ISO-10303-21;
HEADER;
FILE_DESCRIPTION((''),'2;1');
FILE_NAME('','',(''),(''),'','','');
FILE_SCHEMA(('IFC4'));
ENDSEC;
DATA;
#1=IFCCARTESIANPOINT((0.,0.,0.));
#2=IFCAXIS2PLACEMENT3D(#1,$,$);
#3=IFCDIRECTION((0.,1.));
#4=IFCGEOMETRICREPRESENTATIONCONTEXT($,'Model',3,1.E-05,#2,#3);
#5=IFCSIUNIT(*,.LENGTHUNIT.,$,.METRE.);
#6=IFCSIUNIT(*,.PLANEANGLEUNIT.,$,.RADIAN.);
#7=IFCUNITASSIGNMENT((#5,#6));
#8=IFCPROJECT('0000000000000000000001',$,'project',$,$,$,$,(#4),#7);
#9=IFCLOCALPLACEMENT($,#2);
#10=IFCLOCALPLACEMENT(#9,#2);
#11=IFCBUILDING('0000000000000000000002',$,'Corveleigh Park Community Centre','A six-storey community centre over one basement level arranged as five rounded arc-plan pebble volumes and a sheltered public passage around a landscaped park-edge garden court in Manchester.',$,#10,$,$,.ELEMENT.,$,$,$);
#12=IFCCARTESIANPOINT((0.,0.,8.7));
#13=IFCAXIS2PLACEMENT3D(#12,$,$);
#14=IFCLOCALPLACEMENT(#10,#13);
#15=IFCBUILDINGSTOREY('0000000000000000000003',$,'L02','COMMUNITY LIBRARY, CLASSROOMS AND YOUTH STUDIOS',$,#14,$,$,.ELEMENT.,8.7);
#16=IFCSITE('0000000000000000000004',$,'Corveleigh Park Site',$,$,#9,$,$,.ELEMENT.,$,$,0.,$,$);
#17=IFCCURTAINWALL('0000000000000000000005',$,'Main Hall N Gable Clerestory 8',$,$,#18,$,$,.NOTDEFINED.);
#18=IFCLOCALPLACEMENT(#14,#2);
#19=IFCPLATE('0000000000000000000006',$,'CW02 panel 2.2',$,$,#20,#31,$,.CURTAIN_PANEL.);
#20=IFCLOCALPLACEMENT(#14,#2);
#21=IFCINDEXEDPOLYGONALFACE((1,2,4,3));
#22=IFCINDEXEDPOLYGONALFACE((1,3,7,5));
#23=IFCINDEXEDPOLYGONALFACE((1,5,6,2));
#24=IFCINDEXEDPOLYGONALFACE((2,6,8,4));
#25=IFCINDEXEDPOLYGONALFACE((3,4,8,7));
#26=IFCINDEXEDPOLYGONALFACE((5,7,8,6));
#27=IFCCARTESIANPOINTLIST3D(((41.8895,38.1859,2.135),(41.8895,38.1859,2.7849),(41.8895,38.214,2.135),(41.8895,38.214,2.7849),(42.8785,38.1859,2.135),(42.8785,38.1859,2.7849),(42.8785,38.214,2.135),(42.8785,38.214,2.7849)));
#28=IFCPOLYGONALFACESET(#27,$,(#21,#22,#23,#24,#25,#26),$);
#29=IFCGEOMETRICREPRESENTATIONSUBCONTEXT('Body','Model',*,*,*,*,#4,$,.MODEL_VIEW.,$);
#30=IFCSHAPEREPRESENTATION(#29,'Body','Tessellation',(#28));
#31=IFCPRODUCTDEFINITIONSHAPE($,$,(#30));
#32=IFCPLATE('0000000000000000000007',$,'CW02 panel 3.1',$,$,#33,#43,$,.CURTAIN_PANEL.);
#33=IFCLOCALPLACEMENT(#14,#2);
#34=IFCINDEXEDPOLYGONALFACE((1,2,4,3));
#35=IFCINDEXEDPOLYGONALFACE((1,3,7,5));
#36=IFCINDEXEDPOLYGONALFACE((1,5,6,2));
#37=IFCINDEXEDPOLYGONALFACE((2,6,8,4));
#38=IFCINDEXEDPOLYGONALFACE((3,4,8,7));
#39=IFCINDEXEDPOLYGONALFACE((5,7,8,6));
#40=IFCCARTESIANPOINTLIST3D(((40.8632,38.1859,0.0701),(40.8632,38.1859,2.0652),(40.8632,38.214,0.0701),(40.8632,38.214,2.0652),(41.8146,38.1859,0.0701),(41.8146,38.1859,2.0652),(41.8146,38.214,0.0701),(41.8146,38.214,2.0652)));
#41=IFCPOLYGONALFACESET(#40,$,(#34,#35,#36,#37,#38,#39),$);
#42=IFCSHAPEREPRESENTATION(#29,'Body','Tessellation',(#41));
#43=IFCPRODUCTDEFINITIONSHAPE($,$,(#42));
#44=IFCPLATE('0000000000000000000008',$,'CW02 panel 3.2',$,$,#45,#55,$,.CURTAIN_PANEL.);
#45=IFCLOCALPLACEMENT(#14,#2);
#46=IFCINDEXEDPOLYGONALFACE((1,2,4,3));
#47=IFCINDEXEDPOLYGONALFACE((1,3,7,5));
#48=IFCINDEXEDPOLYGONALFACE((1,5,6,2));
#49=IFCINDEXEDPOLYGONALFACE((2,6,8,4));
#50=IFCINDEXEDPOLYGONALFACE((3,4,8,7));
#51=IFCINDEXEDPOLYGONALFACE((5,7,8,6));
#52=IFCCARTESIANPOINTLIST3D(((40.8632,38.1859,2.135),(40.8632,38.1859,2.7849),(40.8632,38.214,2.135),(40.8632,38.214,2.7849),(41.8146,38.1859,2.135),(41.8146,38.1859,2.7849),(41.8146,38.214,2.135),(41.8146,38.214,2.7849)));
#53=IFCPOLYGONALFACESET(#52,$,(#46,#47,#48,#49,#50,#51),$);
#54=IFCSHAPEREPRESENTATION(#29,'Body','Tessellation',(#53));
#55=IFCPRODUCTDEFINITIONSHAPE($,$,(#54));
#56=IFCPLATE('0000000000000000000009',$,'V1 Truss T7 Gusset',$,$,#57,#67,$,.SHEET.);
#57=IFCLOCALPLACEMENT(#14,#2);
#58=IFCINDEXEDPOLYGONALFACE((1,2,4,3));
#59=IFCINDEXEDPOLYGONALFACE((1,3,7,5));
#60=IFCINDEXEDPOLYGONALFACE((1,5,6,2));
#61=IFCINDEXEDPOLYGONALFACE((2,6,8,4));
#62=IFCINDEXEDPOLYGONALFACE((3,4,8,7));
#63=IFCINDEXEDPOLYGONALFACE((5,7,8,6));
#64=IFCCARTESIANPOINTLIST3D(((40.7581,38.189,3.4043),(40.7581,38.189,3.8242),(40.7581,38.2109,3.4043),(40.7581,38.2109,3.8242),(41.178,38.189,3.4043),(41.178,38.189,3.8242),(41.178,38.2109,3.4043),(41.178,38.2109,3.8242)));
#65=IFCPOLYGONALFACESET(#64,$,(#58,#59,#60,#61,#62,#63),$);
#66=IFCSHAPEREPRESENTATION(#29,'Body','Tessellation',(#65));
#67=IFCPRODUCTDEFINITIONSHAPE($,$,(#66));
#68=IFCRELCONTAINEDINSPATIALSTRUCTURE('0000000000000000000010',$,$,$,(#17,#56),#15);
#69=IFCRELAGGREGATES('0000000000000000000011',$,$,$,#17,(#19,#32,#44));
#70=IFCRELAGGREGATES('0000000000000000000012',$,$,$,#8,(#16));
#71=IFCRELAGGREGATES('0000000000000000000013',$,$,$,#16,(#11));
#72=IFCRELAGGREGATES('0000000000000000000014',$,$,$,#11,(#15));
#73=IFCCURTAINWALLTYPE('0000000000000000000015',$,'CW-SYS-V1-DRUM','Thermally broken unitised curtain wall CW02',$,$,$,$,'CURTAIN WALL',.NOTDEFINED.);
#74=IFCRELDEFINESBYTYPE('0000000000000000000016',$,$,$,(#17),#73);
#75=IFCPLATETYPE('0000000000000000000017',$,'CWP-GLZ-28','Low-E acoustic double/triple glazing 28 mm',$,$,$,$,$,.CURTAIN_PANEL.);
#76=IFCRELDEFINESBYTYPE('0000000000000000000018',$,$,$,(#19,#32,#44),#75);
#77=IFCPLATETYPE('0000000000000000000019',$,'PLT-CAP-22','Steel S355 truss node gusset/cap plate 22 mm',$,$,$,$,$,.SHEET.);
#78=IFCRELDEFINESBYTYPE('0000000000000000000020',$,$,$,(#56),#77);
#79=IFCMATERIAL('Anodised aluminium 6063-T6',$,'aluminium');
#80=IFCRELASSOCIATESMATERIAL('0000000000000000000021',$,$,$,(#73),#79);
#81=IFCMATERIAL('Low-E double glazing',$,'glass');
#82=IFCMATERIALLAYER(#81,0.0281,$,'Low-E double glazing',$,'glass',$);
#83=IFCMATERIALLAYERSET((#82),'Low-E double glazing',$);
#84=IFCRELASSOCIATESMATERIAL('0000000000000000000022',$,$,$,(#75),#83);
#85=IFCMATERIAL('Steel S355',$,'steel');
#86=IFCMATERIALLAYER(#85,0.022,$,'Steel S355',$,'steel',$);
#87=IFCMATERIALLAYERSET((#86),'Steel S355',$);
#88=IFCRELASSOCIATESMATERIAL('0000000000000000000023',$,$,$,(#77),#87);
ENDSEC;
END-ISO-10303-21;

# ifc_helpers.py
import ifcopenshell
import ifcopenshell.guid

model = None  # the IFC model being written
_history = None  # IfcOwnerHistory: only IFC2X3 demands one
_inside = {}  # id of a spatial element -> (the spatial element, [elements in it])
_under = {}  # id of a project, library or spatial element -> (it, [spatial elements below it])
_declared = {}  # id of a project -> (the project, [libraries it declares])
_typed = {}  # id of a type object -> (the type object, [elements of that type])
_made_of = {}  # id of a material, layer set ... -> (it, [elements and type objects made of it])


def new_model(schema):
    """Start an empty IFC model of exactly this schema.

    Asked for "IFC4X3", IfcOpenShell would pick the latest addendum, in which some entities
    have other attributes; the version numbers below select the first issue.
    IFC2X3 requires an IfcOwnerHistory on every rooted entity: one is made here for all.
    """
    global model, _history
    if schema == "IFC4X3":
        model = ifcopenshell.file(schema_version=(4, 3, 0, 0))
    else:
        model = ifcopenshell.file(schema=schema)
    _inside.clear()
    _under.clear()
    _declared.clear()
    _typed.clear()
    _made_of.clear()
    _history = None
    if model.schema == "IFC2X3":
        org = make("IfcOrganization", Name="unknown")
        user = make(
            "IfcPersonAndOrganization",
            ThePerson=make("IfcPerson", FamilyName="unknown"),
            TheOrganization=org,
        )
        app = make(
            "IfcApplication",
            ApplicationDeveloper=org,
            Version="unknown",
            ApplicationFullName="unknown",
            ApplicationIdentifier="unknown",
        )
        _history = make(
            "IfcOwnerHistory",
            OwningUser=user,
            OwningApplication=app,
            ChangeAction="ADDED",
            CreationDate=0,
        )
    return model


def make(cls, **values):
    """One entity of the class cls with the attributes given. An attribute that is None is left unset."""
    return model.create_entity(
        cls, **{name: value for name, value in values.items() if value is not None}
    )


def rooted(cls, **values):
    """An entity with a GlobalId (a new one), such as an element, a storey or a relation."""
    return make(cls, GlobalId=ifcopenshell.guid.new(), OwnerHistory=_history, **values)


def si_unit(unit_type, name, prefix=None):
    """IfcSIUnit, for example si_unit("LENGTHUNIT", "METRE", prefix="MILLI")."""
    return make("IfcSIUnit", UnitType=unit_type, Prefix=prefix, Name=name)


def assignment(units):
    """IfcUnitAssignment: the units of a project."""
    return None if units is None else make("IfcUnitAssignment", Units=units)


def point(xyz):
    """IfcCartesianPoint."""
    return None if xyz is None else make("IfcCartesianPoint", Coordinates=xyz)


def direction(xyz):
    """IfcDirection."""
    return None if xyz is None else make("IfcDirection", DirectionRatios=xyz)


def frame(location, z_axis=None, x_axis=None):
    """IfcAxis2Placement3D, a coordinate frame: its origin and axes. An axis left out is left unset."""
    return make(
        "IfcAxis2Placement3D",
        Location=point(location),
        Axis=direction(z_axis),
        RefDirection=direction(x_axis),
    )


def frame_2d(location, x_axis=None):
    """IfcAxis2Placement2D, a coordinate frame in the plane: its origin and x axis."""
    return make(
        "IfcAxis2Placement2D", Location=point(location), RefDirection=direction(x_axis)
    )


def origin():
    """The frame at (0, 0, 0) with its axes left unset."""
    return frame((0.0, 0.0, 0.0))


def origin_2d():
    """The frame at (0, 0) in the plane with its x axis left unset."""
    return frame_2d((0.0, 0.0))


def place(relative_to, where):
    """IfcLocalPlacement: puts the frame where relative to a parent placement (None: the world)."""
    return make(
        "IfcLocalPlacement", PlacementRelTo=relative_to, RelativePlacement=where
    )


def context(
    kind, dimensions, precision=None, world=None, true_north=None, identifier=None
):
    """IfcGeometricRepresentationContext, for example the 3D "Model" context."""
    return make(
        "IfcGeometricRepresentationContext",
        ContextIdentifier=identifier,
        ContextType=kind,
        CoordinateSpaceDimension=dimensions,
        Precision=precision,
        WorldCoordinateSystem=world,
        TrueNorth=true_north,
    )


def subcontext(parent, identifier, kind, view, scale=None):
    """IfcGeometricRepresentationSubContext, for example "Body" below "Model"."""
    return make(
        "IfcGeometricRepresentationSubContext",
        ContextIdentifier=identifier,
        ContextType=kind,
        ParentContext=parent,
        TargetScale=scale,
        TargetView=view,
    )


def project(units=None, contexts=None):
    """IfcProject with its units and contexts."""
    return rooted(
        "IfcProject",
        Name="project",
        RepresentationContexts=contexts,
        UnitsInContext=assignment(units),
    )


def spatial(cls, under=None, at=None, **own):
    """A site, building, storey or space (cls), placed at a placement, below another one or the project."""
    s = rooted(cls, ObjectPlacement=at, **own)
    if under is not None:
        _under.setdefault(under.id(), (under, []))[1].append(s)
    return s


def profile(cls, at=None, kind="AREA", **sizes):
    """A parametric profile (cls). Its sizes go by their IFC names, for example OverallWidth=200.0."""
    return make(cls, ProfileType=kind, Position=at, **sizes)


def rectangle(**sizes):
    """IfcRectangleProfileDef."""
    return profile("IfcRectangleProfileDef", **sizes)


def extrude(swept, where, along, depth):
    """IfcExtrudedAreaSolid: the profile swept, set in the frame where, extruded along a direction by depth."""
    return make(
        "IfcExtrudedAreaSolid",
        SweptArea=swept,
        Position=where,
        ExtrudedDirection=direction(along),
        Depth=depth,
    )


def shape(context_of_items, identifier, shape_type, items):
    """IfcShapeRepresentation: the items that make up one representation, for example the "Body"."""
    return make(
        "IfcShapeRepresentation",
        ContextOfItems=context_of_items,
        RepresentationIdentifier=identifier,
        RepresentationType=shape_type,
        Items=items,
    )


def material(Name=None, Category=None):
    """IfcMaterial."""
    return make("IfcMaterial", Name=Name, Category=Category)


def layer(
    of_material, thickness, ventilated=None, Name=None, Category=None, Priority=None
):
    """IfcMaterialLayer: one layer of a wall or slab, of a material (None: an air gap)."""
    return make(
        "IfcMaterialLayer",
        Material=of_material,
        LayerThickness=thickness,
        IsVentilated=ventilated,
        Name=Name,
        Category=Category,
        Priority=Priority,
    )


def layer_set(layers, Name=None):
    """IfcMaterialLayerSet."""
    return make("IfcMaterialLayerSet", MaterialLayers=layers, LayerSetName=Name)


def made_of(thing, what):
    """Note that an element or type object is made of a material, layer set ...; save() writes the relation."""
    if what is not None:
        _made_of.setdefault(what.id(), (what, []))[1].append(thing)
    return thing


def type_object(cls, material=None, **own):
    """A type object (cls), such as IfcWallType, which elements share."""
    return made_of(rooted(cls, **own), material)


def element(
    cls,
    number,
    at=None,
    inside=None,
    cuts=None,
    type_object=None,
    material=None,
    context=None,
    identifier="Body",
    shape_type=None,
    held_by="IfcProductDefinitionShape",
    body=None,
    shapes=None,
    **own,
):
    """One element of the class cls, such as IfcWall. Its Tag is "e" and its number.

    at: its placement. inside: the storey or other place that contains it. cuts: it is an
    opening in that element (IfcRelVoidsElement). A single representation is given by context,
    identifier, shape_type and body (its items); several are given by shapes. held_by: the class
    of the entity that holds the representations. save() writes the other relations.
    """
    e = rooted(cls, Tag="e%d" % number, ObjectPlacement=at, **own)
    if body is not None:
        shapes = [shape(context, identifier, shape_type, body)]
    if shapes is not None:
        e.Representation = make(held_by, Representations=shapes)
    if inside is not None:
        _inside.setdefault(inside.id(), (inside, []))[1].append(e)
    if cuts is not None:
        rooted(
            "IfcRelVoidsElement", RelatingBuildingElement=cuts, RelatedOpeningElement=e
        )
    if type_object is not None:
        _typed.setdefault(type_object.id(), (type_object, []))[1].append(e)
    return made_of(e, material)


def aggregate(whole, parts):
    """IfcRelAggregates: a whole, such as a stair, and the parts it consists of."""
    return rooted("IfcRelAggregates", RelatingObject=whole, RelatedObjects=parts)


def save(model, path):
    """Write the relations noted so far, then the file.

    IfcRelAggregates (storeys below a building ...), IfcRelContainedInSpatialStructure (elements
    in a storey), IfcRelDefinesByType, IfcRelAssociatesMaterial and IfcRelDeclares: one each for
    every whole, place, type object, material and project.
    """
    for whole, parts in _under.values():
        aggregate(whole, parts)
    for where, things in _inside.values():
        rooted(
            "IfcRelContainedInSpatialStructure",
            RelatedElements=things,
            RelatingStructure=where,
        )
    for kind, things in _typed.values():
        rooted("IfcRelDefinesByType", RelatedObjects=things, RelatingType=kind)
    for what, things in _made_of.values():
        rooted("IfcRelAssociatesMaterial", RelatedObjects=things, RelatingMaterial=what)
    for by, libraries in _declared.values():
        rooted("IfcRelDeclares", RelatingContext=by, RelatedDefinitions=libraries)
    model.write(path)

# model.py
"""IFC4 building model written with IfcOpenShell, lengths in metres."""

from ifc_helpers import new_model, si_unit, direction, frame, origin, origin_2d, place, context, subcontext, project, spatial, rectangle, extrude, material, layer, layer_set, type_object, element, aggregate, save


model = new_model("IFC4")

# Units and contexts
model_context = context("Model", 3, precision=1e-05, world=origin(), true_north=direction((0.0, 1.0)))
body_context = subcontext(model_context, "Body", "Model", "MODEL_VIEW")
ifc_project = project(units=[si_unit("LENGTHUNIT", "METRE"), si_unit("PLANEANGLEUNIT", "RADIAN")], contexts=[model_context])

# Site, building, storey
site_placement = place(None, origin())
site = spatial("IfcSite", under=ifc_project, at=site_placement, Name="Corveleigh Park Site", CompositionType="ELEMENT", RefElevation=0.0)
building_placement = place(site_placement, origin())
building = spatial("IfcBuilding", under=site, at=building_placement, Name="Corveleigh Park Community Centre", Description="A six-storey community centre over one basement level arranged as five rounded arc-plan pebble volumes and a sheltered public passage around a landscaped park-edge garden court in Manchester.", CompositionType="ELEMENT")
storey_placement = place(building_placement, frame((0.0, 0.0, 8.7)))
storey = spatial("IfcBuildingStorey", under=building, at=storey_placement, Name="L02", Description="COMMUNITY LIBRARY, CLASSROOMS AND YOUTH STUDIOS", CompositionType="ELEMENT", Elevation=8.7)

# Curtain wall
ifc_material_1 = material(Name="Anodised aluminium 6063-T6", Category="aluminium")
curtain_wall_type = type_object("IfcCurtainWallType", Name="CW-SYS-V1-DRUM", Description="Thermally broken unitised curtain wall CW02", ElementType="CURTAIN WALL", PredefinedType="NOTDEFINED", material=ifc_material_1)
curtain_wall_1_placement = place(storey_placement, origin())
curtain_wall_1 = element("IfcCurtainWall", 1, at=curtain_wall_1_placement, inside=storey, type_object=curtain_wall_type, Name="Main Hall N Gable Clerestory 8", PredefinedType="NOTDEFINED")

# Shared definitions
ifc_material_2 = material(Name="Steel S355", Category="steel")

# Plates
ifc_material_3 = material(Name="Low-E double glazing", Category="glass")
ifc_layer_1 = layer(ifc_material_3, 0.0281, Name="Low-E double glazing", Category="glass")
ifc_layer_set_1 = layer_set([ifc_layer_1], Name="Low-E double glazing")
plate_type_1 = type_object("IfcPlateType", Name="CWP-GLZ-28", Description="Low-E acoustic double/triple glazing 28 mm", PredefinedType="CURTAIN_PANEL", material=ifc_layer_set_1)
plate_1_placement = place(storey_placement, frame((42.384, 38.2, 2.135), z_axis=(0.0, 0.0, 1.0), x_axis=(-1.0, 0.0, 0.0)))
plate_1 = element("IfcPlate", 2, at=plate_1_placement, type_object=plate_type_1, Name="CW02 panel 2.2", PredefinedType="CURTAIN_PANEL", context=body_context, shape_type="SweptSolid", body=[
    extrude(rectangle(XDim=0.989, YDim=0.0281, at=origin_2d()), origin(), (0.0, 0.0, 1.0), 0.6499),
])
plate_2_placement = place(storey_placement, frame((41.3389, 38.2, 0.0701), z_axis=(0.0, 0.0, 1.0), x_axis=(-1.0, 0.0, 0.0)))
plate_2 = element("IfcPlate", 3, at=plate_2_placement, type_object=plate_type_1, Name="CW02 panel 3.1", PredefinedType="CURTAIN_PANEL", context=body_context, shape_type="SweptSolid", body=[
    extrude(rectangle(XDim=0.9514, YDim=0.0281, at=origin_2d()), origin(), (0.0, 0.0, 1.0), 1.9951),
])
plate_3_placement = place(storey_placement, frame((41.3389, 38.2, 2.135), z_axis=(0.0, 0.0, 1.0), x_axis=(-1.0, 0.0, 0.0)))
plate_3 = element("IfcPlate", 4, at=plate_3_placement, type_object=plate_type_1, Name="CW02 panel 3.2", PredefinedType="CURTAIN_PANEL", context=body_context, shape_type="SweptSolid", body=[
    extrude(rectangle(XDim=0.9514, YDim=0.0281, at=origin_2d()), origin(), (0.0, 0.0, 1.0), 0.6499),
])
aggregate(curtain_wall_1, [plate_1, plate_2, plate_3])
ifc_layer_2 = layer(ifc_material_2, 0.022, Name="Steel S355", Category="steel")
ifc_layer_set_2 = layer_set([ifc_layer_2], Name="Steel S355")
plate_type_2 = type_object("IfcPlateType", Name="PLT-CAP-22", Description="Steel S355 truss node gusset/cap plate 22 mm", PredefinedType="SHEET", material=ifc_layer_set_2)
plate_4_placement = place(storey_placement, frame((40.968, 38.2, 3.4043), z_axis=(0.0, 0.0, 1.0), x_axis=(1.0, 0.0, 0.0)))
element("IfcPlate", 5, at=plate_4_placement, inside=storey, type_object=plate_type_2, Name="V1 Truss T7 Gusset", PredefinedType="SHEET", context=body_context, shape_type="SweptSolid", body=[
    extrude(rectangle(XDim=0.4199, YDim=0.022, at=origin_2d()), origin(), (0.0, 0.0, 1.0), 0.4199),
])

save(model, "model.ifc")
